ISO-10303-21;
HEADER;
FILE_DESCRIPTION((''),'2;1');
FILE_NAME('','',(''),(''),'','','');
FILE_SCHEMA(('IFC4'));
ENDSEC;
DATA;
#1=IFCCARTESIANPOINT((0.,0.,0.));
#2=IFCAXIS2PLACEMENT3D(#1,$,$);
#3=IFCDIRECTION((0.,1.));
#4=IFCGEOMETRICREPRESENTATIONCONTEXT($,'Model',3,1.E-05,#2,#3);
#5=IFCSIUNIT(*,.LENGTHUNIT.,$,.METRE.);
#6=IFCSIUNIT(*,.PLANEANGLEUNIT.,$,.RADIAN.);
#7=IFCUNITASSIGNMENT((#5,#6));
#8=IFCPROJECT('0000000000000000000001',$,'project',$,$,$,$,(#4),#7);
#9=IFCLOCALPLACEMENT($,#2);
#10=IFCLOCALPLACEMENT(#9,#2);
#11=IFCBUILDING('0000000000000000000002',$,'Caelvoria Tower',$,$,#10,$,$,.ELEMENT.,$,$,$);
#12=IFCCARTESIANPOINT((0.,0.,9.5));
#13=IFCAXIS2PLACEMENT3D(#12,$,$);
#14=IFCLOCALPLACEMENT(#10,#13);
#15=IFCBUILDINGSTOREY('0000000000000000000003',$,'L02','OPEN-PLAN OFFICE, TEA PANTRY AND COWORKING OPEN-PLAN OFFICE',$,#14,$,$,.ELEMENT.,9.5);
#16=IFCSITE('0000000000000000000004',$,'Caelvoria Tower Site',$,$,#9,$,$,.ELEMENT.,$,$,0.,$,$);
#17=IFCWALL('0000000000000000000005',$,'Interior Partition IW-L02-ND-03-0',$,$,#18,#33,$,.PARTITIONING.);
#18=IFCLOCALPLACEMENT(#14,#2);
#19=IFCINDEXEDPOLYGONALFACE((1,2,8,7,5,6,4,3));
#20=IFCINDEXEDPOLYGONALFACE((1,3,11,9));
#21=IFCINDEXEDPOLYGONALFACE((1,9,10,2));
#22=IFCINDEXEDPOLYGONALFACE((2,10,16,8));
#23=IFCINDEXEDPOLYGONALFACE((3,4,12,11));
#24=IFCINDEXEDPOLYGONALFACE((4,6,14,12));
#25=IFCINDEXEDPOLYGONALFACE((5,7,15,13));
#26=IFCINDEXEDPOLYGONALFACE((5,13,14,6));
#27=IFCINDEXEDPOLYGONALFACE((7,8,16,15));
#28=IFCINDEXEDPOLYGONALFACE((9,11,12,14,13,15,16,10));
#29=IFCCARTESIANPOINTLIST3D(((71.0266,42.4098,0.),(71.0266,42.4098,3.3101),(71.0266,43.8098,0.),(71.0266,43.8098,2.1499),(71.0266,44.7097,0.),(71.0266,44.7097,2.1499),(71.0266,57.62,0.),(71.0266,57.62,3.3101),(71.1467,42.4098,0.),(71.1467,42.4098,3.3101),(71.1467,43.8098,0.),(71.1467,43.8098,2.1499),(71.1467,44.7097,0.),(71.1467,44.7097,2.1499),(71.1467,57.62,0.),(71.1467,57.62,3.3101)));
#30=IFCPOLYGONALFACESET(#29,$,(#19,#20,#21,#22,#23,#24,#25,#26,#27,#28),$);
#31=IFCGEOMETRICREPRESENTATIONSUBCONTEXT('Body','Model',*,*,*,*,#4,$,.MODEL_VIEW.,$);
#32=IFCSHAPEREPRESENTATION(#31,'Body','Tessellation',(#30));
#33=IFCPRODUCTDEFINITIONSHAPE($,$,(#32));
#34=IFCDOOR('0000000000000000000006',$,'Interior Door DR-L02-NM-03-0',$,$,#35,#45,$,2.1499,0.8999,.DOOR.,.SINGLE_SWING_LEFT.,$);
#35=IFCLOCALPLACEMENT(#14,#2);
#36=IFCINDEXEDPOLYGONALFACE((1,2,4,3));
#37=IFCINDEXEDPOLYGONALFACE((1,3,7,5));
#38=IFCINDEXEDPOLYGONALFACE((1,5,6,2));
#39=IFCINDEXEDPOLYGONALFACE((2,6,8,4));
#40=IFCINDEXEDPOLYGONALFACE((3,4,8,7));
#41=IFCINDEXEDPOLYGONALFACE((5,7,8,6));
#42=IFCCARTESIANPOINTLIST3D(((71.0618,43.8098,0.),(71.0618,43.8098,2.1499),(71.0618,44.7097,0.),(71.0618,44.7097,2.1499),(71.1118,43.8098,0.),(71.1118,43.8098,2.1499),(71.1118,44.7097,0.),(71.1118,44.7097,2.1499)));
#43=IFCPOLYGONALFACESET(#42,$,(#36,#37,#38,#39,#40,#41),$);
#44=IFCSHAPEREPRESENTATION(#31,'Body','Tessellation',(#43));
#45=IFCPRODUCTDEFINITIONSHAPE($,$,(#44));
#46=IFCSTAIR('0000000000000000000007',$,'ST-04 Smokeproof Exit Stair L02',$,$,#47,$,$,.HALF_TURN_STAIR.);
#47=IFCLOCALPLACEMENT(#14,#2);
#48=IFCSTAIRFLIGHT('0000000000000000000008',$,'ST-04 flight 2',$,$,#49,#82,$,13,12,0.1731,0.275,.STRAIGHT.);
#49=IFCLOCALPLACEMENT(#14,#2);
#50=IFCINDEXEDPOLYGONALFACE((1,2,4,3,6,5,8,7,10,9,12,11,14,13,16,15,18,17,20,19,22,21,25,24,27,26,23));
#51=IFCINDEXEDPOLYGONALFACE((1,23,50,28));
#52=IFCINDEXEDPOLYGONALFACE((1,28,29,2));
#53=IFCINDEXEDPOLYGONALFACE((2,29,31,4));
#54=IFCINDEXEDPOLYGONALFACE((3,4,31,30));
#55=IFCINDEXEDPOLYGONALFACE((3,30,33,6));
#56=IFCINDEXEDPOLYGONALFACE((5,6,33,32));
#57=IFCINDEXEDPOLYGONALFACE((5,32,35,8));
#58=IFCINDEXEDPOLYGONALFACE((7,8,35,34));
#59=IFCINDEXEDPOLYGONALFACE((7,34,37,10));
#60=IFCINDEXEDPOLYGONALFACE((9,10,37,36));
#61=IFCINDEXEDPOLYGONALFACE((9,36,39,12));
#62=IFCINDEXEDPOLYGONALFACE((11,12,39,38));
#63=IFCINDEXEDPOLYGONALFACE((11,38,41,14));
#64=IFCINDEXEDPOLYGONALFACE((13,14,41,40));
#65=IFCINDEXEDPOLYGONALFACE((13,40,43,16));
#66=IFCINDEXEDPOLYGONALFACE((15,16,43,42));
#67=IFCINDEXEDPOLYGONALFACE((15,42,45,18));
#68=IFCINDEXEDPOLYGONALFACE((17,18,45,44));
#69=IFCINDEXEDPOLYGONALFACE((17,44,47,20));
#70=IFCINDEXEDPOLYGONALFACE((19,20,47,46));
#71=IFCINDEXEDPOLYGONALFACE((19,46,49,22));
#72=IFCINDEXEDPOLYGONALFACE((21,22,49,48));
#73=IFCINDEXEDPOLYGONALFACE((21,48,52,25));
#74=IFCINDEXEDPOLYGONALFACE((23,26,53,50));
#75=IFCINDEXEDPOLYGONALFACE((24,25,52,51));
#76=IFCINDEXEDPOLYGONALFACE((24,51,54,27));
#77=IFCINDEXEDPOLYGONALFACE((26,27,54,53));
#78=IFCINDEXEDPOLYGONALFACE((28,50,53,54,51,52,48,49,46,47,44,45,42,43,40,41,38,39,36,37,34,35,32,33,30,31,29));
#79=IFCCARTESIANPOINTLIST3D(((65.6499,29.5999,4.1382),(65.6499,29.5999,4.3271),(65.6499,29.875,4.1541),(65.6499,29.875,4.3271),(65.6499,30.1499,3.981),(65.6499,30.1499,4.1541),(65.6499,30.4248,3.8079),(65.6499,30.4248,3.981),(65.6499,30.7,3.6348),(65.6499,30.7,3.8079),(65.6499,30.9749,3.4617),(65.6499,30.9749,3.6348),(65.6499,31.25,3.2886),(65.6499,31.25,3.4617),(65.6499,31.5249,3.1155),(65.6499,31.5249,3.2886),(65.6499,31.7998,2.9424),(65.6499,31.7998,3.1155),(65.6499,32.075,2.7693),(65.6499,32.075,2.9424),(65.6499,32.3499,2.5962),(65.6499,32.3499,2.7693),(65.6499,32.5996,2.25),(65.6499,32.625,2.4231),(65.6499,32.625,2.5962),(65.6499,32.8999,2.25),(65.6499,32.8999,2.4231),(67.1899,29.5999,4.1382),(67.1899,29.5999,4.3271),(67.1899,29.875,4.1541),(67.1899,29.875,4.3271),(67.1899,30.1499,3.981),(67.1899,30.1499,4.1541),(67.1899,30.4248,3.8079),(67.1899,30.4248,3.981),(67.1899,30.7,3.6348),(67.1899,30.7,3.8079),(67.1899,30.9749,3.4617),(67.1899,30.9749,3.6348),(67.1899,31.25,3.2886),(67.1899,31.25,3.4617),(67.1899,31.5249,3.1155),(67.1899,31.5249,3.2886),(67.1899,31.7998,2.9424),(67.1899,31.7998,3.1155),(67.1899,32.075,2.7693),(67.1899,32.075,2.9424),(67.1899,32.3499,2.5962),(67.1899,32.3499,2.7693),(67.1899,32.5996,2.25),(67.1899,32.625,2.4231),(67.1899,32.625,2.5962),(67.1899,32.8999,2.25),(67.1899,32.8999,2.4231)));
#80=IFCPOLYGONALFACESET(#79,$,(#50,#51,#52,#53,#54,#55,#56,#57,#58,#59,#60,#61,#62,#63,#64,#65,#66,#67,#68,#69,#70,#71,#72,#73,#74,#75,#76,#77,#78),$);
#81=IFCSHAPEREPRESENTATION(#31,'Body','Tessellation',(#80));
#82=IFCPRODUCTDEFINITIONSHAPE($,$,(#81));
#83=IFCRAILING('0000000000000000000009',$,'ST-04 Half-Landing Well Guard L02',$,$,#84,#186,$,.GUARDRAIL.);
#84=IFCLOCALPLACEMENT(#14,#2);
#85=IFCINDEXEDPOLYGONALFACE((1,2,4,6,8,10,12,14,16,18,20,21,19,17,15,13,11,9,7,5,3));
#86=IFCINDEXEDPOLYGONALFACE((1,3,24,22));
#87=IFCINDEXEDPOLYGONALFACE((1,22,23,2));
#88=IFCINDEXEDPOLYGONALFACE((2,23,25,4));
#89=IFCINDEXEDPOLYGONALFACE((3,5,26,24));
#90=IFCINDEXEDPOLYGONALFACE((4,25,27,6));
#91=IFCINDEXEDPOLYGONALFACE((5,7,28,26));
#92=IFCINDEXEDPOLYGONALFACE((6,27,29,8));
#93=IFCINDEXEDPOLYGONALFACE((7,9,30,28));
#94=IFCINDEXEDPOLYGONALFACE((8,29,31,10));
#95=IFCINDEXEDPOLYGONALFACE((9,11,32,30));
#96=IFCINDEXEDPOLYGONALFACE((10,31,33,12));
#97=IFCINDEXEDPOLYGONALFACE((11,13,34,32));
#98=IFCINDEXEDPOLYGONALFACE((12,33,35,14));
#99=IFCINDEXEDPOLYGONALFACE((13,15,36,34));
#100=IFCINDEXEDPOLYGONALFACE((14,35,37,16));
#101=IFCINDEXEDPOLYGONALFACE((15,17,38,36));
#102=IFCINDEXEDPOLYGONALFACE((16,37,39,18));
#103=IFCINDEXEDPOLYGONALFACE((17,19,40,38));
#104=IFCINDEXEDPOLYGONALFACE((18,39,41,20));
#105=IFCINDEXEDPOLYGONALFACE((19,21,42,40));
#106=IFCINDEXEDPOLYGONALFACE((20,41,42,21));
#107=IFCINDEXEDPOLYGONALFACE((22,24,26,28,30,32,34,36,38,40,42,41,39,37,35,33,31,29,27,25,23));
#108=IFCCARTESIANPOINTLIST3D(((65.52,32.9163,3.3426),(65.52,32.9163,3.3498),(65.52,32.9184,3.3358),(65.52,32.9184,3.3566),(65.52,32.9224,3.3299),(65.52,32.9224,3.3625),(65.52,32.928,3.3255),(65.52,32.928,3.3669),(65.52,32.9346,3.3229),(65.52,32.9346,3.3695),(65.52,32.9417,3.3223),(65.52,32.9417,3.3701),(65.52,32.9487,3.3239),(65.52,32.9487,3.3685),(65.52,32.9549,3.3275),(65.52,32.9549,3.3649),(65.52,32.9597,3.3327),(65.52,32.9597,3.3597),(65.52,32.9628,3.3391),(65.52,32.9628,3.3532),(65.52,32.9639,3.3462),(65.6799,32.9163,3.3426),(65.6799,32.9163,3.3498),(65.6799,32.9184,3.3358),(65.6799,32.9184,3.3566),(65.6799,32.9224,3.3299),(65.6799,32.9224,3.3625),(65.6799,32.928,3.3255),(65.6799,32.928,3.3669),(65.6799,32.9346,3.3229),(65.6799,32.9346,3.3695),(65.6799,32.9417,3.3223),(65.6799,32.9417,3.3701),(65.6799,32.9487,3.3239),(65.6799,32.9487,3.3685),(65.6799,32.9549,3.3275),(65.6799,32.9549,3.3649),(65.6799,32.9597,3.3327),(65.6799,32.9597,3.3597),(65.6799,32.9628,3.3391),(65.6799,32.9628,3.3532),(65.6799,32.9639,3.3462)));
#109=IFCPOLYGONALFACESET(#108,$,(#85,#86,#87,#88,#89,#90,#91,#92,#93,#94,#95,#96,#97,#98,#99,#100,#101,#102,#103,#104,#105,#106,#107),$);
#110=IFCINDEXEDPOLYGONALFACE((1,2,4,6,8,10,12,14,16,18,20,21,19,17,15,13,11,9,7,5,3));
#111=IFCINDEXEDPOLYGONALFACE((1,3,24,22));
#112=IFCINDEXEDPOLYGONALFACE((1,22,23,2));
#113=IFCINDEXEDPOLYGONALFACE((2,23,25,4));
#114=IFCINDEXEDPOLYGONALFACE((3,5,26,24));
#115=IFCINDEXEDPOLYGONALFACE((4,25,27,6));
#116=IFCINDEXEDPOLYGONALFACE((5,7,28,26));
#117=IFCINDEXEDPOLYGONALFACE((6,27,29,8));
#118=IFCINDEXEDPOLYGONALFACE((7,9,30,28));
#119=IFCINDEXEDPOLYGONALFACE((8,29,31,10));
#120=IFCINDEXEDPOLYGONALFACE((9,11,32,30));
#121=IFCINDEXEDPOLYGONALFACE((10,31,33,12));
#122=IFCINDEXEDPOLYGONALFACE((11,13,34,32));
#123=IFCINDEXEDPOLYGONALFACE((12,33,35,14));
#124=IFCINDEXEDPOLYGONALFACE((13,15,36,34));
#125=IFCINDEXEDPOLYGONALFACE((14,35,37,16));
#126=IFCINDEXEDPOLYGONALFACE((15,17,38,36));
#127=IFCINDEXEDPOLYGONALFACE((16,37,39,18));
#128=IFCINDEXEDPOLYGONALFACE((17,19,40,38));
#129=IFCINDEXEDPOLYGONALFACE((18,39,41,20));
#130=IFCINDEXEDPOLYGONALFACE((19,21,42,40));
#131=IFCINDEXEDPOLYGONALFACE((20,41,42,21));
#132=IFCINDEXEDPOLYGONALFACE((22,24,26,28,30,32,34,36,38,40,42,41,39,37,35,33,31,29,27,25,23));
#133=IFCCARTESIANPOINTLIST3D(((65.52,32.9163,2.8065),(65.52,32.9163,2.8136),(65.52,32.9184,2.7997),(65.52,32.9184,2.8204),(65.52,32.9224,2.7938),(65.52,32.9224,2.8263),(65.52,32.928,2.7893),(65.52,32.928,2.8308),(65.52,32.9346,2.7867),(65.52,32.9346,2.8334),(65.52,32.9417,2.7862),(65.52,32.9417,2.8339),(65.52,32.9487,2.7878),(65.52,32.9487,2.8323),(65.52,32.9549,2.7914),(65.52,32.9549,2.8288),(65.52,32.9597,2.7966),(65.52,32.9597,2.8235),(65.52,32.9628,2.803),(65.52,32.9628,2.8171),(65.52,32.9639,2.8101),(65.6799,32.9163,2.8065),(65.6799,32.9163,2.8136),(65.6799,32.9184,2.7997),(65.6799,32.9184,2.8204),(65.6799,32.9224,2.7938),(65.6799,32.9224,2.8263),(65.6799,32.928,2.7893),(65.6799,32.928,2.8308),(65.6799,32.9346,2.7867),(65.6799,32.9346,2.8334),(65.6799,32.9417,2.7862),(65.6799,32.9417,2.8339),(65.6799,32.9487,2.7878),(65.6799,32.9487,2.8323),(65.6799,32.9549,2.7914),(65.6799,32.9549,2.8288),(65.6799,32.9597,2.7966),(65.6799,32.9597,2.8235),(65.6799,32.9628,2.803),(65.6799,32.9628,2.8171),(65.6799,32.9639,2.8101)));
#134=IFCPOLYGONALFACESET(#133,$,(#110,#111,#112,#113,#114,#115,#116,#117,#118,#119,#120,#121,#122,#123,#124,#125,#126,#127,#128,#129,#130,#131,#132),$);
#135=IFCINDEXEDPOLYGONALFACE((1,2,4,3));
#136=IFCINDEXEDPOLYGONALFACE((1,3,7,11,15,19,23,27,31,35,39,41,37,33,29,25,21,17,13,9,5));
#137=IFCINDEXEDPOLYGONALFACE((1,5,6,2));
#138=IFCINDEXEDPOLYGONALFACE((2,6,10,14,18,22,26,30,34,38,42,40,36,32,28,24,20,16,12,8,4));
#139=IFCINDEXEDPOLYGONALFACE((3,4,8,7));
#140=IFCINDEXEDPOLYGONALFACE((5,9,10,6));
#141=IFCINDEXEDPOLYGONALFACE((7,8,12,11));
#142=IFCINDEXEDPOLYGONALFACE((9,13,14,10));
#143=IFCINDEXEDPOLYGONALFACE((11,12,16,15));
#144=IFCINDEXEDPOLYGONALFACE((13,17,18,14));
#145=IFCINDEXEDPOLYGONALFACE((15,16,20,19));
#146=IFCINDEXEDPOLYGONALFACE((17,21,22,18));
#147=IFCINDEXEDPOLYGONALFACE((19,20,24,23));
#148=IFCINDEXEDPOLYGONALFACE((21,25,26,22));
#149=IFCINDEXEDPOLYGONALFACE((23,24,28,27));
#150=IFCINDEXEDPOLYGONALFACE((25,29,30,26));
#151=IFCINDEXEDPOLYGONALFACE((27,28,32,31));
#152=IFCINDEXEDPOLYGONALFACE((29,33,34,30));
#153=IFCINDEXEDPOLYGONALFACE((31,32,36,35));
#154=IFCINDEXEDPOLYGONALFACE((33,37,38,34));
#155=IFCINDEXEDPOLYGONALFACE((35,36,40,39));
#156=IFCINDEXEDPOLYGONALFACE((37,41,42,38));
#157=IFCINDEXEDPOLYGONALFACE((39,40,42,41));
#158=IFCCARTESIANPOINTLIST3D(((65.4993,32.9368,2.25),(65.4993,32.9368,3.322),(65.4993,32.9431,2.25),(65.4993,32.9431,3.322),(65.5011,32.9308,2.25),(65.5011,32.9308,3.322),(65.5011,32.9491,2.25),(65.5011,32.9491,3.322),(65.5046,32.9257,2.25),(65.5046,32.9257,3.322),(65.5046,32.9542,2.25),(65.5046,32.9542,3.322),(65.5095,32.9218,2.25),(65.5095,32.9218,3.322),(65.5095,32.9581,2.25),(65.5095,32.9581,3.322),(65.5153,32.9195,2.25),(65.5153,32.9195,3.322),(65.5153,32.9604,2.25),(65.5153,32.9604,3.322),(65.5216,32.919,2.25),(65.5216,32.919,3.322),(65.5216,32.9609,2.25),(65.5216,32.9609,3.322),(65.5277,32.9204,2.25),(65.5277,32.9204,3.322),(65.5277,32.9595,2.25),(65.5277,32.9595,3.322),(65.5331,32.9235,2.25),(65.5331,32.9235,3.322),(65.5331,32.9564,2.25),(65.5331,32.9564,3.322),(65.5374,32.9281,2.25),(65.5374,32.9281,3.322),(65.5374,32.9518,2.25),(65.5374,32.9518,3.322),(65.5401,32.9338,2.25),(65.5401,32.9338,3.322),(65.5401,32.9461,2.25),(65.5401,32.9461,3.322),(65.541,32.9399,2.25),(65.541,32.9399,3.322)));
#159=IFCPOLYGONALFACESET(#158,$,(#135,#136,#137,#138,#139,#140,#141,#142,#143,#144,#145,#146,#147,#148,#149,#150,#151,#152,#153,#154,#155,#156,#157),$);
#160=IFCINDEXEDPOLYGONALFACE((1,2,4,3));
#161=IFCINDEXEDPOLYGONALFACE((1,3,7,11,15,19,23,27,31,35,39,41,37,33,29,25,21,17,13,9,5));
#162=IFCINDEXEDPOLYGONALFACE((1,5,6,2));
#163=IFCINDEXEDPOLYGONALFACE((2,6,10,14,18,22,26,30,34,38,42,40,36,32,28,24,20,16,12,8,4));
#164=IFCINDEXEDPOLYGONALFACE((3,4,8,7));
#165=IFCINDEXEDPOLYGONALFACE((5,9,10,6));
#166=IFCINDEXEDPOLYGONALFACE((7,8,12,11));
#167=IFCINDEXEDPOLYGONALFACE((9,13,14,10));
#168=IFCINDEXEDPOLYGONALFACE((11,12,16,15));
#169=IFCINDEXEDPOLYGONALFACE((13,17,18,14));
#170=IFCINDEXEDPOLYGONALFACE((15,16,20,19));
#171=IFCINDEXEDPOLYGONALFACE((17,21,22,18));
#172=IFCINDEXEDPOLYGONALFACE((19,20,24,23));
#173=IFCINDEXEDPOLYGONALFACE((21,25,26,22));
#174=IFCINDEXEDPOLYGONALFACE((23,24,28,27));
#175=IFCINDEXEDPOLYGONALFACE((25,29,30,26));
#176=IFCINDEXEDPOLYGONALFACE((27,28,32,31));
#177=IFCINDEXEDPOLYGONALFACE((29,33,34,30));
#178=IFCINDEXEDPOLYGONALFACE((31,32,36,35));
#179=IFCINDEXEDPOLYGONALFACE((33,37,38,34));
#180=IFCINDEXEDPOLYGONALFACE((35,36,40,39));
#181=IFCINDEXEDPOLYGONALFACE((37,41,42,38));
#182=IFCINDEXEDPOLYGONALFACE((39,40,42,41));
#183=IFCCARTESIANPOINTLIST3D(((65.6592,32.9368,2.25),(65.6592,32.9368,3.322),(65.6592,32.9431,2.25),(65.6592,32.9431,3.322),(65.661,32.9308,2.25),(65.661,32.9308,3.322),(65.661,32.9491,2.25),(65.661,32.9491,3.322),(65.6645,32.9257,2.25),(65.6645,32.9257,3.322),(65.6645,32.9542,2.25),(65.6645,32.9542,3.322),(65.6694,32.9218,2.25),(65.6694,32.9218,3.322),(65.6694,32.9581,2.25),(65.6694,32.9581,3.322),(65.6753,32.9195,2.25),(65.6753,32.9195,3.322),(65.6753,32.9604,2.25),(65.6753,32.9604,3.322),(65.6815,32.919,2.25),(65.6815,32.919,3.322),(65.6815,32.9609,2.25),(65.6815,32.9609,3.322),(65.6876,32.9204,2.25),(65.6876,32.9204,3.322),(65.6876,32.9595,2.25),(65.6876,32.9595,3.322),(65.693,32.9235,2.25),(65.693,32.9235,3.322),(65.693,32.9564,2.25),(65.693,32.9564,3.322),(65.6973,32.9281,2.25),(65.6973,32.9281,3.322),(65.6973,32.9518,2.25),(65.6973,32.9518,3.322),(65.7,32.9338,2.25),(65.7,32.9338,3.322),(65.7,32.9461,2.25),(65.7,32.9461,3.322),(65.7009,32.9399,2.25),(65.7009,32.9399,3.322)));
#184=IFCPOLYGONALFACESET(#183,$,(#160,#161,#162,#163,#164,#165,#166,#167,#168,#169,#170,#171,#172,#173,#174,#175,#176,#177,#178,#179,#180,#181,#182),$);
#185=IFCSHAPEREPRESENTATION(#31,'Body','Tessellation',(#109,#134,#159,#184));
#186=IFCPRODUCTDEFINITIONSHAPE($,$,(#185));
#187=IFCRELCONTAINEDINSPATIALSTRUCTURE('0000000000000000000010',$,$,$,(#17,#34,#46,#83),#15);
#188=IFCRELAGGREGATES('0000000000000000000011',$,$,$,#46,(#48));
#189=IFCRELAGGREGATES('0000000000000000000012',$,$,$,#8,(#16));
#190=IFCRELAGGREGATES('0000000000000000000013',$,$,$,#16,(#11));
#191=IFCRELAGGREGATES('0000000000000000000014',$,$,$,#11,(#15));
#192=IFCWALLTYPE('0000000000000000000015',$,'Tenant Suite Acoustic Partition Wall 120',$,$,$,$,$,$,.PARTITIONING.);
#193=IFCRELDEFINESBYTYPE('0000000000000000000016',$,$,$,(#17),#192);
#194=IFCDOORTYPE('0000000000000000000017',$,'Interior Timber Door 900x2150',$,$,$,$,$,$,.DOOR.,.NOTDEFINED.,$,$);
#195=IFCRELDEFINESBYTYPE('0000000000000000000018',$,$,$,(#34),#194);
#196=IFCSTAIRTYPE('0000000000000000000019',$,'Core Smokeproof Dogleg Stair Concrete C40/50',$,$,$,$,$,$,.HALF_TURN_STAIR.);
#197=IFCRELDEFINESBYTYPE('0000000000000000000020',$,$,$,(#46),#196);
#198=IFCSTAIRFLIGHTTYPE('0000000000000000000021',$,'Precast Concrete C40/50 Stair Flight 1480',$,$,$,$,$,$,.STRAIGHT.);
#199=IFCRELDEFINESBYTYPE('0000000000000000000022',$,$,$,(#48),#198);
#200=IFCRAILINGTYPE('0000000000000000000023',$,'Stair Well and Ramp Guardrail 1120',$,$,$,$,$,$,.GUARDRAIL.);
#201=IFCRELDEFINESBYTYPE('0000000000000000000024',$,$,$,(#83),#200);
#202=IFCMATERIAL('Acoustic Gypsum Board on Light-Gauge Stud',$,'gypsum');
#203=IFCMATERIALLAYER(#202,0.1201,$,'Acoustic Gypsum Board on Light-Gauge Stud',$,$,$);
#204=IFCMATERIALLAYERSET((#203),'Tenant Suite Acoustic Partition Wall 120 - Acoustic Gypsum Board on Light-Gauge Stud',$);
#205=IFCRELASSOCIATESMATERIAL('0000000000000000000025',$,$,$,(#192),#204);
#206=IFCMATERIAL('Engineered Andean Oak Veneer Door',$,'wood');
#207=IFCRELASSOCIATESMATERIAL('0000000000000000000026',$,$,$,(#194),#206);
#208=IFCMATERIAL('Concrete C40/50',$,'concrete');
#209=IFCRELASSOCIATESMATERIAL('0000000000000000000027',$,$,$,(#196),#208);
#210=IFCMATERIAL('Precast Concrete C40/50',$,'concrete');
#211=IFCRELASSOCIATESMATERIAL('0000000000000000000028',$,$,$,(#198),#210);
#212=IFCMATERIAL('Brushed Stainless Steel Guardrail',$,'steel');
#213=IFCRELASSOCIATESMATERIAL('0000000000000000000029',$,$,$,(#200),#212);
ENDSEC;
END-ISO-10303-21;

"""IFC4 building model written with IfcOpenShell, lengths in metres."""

from ifc_helpers import new_model, si_unit, direction, frame, frame_2d, origin, origin_2d, place, context, subcontext, project, spatial, polyline, rectangle, circle, outline, extrude, material, layer, layer_set, type_object, element, fill, aggregate, save


model = new_model("IFC4")

# Units and contexts
model_context = context("Model", 3, precision=1e-05, world=origin(), true_north=direction((0.0, 1.0)))
body_context = subcontext(model_context, "Body", "Model", "MODEL_VIEW")
ifc_project = project(units=[si_unit("LENGTHUNIT", "METRE"), si_unit("PLANEANGLEUNIT", "RADIAN")], contexts=[model_context])

# Site, building, storey
site_placement = place(None, origin())
site = spatial("IfcSite", under=ifc_project, at=site_placement, Name="Caelvoria Tower Site", CompositionType="ELEMENT", RefElevation=0.0)
building_placement = place(site_placement, origin())
building = spatial("IfcBuilding", under=site, at=building_placement, Name="Caelvoria Tower", CompositionType="ELEMENT")
storey_placement = place(building_placement, frame((0.0, 0.0, 9.5)))
storey = spatial("IfcBuildingStorey", under=building, at=storey_placement, Name="L02", Description="OPEN-PLAN OFFICE, TEA PANTRY AND COWORKING OPEN-PLAN OFFICE", CompositionType="ELEMENT", Elevation=9.5)

# Wall, opening, door
ifc_material_1 = material(Name="Acoustic Gypsum Board on Light-Gauge Stud", Category="gypsum")
ifc_layer_1 = layer(ifc_material_1, 0.1201, Name="Acoustic Gypsum Board on Light-Gauge Stud")
ifc_layer_set_1 = layer_set([ifc_layer_1], Name="Tenant Suite Acoustic Partition Wall 120 - Acoustic Gypsum Board on Light-Gauge Stud")
wall_type_1 = type_object("IfcWallType", Name="Tenant Suite Acoustic Partition Wall 120", PredefinedType="PARTITIONING", material=ifc_layer_set_1)
wall_1_placement = place(storey_placement, frame((71.0867, 42.4099, 0.0), z_axis=(0.0, 0.0, 1.0), x_axis=(0.0, 1.0, 0.0)))
wall_1 = element("IfcWall", 1, at=wall_1_placement, inside=storey, type_object=wall_type_1, Name="Interior Partition IW-L02-ND-03-0", PredefinedType="PARTITIONING", context=body_context, shape_type="SweptSolid", body=[
    extrude(rectangle(XDim=15.2102, YDim=0.1201, at=frame_2d((7.605, 0.0))), origin(), (0.0, 0.0, 1.0), 3.3101),
])
opening_placement = place(wall_1_placement, frame((1.3999, 0.0, 0.0)))
opening = element("IfcOpeningElement", 2, at=opening_placement, cuts=wall_1, PredefinedType="OPENING", context=body_context, shape_type="SweptSolid", body=[
    extrude(rectangle(XDim=0.8999, YDim=2.1499, at=frame_2d((0.45, 1.075))), frame((0.0, 0.0701, 0.0), z_axis=(0.0, -1.0, 0.0), x_axis=(1.0, 0.0, 0.0)), (0.0, 0.0, 1.0), 0.1401),
])
ifc_material_2 = material(Name="Engineered Andean Oak Veneer Door", Category="wood")
door_type = type_object("IfcDoorType", Name="Interior Timber Door 900x2150", OperationType="NOTDEFINED", PredefinedType="DOOR", material=ifc_material_2)
door_placement = place(opening_placement, origin())
door = element("IfcDoor", 3, at=door_placement, inside=storey, type_object=door_type, Name="Interior Door DR-L02-NM-03-0", OperationType="SINGLE_SWING_LEFT", OverallHeight=2.1499, OverallWidth=0.8999, PredefinedType="DOOR", context=body_context, shape_type="SweptSolid", body=[
    extrude(rectangle(XDim=0.8999, YDim=2.1499, at=frame_2d((0.45, 1.075))), frame((0.0, 0.0249, 0.0), z_axis=(0.0, -1.0, 0.0), x_axis=(1.0, 0.0, 0.0)), (0.0, 0.0, 1.0), 0.05),
])
fill(opening, door)

# Stair, stair flight
ifc_material_3 = material(Name="Concrete C40/50", Category="concrete")
stair_type = type_object("IfcStairType", Name="Core Smokeproof Dogleg Stair Concrete C40/50", PredefinedType="HALF_TURN_STAIR", material=ifc_material_3)
stair_placement = place(storey_placement, origin())
stair = element("IfcStair", 4, at=stair_placement, inside=storey, type_object=stair_type, Name="ST-04 Smokeproof Exit Stair L02", PredefinedType="HALF_TURN_STAIR")
ifc_material_4 = material(Name="Precast Concrete C40/50", Category="concrete")
stair_flight_type = type_object("IfcStairFlightType", Name="Precast Concrete C40/50 Stair Flight 1480", PredefinedType="STRAIGHT", material=ifc_material_4)
stair_flight_placement = place(storey_placement, frame((66.4199, 32.8999, 2.25), z_axis=(0.0, 0.0, 1.0), x_axis=(0.0, -1.0, 0.0)))
stair_flight = element("IfcStairFlight", 5, at=stair_flight_placement, type_object=stair_flight_type, Name="ST-04 flight 2", NumberOfRisers=13, NumberOfTreads=12, PredefinedType="STRAIGHT", RiserHeight=0.1731, TreadLength=0.275, context=body_context, shape_type="SweptSolid", body=[
    extrude(outline(polyline([(0.0, 0.0), (0.0, 0.1731), (0.2749, 0.1731), (0.2749, 0.3462), (0.55, 0.3462), (0.55, 0.5193), (0.825, 0.5193), (0.825, 0.6924), (1.1001, 0.6924), (1.1001, 0.8655), (1.375, 0.8655), (1.375, 1.0386), (1.6499, 1.0386), (1.6499, 1.2117), (1.925, 1.2117), (1.925, 1.3848), (2.2, 1.3848), (2.2, 1.5579), (2.4751, 1.5579), (2.4751, 1.731), (2.75, 1.731), (2.75, 1.9041), (3.0249, 1.9041), (3.0249, 2.0771), (3.3, 2.0771), (3.3, 2.2502), (3.3, 1.8882), (0.3003, 0.0), (0.0, 0.0)])), frame((0.0, 0.77, 0.0), z_axis=(0.0, -1.0, 0.0), x_axis=(1.0, 0.0, 0.0)), (0.0, 0.0, 1.0), 1.54),
])
aggregate(stair, [stair_flight])

# Railing
ifc_material_5 = material(Name="Brushed Stainless Steel Guardrail", Category="steel")
railing_type_1 = type_object("IfcRailingType", Name="Stair Well and Ramp Guardrail 1120", PredefinedType="GUARDRAIL", material=ifc_material_5)
railing_1_placement = place(storey_placement, frame((65.52, 32.9399, 2.25)))
element("IfcRailing", 6, at=railing_1_placement, inside=storey, type_object=railing_type_1, Name="ST-04 Half-Landing Well Guard L02", PredefinedType="GUARDRAIL", context=body_context, shape_type="SweptSolid", body=[
    extrude(circle(Radius=0.0239, at=origin_2d()), frame((0.0, 0.0, 1.0962), z_axis=(1.0, 0.0, 0.0), x_axis=(0.0, 1.0, 0.0)), (0.0, 0.0, 1.0), 0.1599),
    extrude(circle(Radius=0.0239, at=origin_2d()), frame((0.0, 0.0, 0.5601), z_axis=(1.0, 0.0, 0.0), x_axis=(0.0, 1.0, 0.0)), (0.0, 0.0, 1.0), 0.1599),
    extrude(circle(Radius=0.021, at=origin_2d()), origin(), (0.0, 0.0, 1.0), 1.072),
    extrude(circle(Radius=0.021, at=origin_2d()), frame((0.1599, 0.0, 0.0)), (0.0, 0.0, 1.0), 1.072),
])

save(model, "model.ifc")
